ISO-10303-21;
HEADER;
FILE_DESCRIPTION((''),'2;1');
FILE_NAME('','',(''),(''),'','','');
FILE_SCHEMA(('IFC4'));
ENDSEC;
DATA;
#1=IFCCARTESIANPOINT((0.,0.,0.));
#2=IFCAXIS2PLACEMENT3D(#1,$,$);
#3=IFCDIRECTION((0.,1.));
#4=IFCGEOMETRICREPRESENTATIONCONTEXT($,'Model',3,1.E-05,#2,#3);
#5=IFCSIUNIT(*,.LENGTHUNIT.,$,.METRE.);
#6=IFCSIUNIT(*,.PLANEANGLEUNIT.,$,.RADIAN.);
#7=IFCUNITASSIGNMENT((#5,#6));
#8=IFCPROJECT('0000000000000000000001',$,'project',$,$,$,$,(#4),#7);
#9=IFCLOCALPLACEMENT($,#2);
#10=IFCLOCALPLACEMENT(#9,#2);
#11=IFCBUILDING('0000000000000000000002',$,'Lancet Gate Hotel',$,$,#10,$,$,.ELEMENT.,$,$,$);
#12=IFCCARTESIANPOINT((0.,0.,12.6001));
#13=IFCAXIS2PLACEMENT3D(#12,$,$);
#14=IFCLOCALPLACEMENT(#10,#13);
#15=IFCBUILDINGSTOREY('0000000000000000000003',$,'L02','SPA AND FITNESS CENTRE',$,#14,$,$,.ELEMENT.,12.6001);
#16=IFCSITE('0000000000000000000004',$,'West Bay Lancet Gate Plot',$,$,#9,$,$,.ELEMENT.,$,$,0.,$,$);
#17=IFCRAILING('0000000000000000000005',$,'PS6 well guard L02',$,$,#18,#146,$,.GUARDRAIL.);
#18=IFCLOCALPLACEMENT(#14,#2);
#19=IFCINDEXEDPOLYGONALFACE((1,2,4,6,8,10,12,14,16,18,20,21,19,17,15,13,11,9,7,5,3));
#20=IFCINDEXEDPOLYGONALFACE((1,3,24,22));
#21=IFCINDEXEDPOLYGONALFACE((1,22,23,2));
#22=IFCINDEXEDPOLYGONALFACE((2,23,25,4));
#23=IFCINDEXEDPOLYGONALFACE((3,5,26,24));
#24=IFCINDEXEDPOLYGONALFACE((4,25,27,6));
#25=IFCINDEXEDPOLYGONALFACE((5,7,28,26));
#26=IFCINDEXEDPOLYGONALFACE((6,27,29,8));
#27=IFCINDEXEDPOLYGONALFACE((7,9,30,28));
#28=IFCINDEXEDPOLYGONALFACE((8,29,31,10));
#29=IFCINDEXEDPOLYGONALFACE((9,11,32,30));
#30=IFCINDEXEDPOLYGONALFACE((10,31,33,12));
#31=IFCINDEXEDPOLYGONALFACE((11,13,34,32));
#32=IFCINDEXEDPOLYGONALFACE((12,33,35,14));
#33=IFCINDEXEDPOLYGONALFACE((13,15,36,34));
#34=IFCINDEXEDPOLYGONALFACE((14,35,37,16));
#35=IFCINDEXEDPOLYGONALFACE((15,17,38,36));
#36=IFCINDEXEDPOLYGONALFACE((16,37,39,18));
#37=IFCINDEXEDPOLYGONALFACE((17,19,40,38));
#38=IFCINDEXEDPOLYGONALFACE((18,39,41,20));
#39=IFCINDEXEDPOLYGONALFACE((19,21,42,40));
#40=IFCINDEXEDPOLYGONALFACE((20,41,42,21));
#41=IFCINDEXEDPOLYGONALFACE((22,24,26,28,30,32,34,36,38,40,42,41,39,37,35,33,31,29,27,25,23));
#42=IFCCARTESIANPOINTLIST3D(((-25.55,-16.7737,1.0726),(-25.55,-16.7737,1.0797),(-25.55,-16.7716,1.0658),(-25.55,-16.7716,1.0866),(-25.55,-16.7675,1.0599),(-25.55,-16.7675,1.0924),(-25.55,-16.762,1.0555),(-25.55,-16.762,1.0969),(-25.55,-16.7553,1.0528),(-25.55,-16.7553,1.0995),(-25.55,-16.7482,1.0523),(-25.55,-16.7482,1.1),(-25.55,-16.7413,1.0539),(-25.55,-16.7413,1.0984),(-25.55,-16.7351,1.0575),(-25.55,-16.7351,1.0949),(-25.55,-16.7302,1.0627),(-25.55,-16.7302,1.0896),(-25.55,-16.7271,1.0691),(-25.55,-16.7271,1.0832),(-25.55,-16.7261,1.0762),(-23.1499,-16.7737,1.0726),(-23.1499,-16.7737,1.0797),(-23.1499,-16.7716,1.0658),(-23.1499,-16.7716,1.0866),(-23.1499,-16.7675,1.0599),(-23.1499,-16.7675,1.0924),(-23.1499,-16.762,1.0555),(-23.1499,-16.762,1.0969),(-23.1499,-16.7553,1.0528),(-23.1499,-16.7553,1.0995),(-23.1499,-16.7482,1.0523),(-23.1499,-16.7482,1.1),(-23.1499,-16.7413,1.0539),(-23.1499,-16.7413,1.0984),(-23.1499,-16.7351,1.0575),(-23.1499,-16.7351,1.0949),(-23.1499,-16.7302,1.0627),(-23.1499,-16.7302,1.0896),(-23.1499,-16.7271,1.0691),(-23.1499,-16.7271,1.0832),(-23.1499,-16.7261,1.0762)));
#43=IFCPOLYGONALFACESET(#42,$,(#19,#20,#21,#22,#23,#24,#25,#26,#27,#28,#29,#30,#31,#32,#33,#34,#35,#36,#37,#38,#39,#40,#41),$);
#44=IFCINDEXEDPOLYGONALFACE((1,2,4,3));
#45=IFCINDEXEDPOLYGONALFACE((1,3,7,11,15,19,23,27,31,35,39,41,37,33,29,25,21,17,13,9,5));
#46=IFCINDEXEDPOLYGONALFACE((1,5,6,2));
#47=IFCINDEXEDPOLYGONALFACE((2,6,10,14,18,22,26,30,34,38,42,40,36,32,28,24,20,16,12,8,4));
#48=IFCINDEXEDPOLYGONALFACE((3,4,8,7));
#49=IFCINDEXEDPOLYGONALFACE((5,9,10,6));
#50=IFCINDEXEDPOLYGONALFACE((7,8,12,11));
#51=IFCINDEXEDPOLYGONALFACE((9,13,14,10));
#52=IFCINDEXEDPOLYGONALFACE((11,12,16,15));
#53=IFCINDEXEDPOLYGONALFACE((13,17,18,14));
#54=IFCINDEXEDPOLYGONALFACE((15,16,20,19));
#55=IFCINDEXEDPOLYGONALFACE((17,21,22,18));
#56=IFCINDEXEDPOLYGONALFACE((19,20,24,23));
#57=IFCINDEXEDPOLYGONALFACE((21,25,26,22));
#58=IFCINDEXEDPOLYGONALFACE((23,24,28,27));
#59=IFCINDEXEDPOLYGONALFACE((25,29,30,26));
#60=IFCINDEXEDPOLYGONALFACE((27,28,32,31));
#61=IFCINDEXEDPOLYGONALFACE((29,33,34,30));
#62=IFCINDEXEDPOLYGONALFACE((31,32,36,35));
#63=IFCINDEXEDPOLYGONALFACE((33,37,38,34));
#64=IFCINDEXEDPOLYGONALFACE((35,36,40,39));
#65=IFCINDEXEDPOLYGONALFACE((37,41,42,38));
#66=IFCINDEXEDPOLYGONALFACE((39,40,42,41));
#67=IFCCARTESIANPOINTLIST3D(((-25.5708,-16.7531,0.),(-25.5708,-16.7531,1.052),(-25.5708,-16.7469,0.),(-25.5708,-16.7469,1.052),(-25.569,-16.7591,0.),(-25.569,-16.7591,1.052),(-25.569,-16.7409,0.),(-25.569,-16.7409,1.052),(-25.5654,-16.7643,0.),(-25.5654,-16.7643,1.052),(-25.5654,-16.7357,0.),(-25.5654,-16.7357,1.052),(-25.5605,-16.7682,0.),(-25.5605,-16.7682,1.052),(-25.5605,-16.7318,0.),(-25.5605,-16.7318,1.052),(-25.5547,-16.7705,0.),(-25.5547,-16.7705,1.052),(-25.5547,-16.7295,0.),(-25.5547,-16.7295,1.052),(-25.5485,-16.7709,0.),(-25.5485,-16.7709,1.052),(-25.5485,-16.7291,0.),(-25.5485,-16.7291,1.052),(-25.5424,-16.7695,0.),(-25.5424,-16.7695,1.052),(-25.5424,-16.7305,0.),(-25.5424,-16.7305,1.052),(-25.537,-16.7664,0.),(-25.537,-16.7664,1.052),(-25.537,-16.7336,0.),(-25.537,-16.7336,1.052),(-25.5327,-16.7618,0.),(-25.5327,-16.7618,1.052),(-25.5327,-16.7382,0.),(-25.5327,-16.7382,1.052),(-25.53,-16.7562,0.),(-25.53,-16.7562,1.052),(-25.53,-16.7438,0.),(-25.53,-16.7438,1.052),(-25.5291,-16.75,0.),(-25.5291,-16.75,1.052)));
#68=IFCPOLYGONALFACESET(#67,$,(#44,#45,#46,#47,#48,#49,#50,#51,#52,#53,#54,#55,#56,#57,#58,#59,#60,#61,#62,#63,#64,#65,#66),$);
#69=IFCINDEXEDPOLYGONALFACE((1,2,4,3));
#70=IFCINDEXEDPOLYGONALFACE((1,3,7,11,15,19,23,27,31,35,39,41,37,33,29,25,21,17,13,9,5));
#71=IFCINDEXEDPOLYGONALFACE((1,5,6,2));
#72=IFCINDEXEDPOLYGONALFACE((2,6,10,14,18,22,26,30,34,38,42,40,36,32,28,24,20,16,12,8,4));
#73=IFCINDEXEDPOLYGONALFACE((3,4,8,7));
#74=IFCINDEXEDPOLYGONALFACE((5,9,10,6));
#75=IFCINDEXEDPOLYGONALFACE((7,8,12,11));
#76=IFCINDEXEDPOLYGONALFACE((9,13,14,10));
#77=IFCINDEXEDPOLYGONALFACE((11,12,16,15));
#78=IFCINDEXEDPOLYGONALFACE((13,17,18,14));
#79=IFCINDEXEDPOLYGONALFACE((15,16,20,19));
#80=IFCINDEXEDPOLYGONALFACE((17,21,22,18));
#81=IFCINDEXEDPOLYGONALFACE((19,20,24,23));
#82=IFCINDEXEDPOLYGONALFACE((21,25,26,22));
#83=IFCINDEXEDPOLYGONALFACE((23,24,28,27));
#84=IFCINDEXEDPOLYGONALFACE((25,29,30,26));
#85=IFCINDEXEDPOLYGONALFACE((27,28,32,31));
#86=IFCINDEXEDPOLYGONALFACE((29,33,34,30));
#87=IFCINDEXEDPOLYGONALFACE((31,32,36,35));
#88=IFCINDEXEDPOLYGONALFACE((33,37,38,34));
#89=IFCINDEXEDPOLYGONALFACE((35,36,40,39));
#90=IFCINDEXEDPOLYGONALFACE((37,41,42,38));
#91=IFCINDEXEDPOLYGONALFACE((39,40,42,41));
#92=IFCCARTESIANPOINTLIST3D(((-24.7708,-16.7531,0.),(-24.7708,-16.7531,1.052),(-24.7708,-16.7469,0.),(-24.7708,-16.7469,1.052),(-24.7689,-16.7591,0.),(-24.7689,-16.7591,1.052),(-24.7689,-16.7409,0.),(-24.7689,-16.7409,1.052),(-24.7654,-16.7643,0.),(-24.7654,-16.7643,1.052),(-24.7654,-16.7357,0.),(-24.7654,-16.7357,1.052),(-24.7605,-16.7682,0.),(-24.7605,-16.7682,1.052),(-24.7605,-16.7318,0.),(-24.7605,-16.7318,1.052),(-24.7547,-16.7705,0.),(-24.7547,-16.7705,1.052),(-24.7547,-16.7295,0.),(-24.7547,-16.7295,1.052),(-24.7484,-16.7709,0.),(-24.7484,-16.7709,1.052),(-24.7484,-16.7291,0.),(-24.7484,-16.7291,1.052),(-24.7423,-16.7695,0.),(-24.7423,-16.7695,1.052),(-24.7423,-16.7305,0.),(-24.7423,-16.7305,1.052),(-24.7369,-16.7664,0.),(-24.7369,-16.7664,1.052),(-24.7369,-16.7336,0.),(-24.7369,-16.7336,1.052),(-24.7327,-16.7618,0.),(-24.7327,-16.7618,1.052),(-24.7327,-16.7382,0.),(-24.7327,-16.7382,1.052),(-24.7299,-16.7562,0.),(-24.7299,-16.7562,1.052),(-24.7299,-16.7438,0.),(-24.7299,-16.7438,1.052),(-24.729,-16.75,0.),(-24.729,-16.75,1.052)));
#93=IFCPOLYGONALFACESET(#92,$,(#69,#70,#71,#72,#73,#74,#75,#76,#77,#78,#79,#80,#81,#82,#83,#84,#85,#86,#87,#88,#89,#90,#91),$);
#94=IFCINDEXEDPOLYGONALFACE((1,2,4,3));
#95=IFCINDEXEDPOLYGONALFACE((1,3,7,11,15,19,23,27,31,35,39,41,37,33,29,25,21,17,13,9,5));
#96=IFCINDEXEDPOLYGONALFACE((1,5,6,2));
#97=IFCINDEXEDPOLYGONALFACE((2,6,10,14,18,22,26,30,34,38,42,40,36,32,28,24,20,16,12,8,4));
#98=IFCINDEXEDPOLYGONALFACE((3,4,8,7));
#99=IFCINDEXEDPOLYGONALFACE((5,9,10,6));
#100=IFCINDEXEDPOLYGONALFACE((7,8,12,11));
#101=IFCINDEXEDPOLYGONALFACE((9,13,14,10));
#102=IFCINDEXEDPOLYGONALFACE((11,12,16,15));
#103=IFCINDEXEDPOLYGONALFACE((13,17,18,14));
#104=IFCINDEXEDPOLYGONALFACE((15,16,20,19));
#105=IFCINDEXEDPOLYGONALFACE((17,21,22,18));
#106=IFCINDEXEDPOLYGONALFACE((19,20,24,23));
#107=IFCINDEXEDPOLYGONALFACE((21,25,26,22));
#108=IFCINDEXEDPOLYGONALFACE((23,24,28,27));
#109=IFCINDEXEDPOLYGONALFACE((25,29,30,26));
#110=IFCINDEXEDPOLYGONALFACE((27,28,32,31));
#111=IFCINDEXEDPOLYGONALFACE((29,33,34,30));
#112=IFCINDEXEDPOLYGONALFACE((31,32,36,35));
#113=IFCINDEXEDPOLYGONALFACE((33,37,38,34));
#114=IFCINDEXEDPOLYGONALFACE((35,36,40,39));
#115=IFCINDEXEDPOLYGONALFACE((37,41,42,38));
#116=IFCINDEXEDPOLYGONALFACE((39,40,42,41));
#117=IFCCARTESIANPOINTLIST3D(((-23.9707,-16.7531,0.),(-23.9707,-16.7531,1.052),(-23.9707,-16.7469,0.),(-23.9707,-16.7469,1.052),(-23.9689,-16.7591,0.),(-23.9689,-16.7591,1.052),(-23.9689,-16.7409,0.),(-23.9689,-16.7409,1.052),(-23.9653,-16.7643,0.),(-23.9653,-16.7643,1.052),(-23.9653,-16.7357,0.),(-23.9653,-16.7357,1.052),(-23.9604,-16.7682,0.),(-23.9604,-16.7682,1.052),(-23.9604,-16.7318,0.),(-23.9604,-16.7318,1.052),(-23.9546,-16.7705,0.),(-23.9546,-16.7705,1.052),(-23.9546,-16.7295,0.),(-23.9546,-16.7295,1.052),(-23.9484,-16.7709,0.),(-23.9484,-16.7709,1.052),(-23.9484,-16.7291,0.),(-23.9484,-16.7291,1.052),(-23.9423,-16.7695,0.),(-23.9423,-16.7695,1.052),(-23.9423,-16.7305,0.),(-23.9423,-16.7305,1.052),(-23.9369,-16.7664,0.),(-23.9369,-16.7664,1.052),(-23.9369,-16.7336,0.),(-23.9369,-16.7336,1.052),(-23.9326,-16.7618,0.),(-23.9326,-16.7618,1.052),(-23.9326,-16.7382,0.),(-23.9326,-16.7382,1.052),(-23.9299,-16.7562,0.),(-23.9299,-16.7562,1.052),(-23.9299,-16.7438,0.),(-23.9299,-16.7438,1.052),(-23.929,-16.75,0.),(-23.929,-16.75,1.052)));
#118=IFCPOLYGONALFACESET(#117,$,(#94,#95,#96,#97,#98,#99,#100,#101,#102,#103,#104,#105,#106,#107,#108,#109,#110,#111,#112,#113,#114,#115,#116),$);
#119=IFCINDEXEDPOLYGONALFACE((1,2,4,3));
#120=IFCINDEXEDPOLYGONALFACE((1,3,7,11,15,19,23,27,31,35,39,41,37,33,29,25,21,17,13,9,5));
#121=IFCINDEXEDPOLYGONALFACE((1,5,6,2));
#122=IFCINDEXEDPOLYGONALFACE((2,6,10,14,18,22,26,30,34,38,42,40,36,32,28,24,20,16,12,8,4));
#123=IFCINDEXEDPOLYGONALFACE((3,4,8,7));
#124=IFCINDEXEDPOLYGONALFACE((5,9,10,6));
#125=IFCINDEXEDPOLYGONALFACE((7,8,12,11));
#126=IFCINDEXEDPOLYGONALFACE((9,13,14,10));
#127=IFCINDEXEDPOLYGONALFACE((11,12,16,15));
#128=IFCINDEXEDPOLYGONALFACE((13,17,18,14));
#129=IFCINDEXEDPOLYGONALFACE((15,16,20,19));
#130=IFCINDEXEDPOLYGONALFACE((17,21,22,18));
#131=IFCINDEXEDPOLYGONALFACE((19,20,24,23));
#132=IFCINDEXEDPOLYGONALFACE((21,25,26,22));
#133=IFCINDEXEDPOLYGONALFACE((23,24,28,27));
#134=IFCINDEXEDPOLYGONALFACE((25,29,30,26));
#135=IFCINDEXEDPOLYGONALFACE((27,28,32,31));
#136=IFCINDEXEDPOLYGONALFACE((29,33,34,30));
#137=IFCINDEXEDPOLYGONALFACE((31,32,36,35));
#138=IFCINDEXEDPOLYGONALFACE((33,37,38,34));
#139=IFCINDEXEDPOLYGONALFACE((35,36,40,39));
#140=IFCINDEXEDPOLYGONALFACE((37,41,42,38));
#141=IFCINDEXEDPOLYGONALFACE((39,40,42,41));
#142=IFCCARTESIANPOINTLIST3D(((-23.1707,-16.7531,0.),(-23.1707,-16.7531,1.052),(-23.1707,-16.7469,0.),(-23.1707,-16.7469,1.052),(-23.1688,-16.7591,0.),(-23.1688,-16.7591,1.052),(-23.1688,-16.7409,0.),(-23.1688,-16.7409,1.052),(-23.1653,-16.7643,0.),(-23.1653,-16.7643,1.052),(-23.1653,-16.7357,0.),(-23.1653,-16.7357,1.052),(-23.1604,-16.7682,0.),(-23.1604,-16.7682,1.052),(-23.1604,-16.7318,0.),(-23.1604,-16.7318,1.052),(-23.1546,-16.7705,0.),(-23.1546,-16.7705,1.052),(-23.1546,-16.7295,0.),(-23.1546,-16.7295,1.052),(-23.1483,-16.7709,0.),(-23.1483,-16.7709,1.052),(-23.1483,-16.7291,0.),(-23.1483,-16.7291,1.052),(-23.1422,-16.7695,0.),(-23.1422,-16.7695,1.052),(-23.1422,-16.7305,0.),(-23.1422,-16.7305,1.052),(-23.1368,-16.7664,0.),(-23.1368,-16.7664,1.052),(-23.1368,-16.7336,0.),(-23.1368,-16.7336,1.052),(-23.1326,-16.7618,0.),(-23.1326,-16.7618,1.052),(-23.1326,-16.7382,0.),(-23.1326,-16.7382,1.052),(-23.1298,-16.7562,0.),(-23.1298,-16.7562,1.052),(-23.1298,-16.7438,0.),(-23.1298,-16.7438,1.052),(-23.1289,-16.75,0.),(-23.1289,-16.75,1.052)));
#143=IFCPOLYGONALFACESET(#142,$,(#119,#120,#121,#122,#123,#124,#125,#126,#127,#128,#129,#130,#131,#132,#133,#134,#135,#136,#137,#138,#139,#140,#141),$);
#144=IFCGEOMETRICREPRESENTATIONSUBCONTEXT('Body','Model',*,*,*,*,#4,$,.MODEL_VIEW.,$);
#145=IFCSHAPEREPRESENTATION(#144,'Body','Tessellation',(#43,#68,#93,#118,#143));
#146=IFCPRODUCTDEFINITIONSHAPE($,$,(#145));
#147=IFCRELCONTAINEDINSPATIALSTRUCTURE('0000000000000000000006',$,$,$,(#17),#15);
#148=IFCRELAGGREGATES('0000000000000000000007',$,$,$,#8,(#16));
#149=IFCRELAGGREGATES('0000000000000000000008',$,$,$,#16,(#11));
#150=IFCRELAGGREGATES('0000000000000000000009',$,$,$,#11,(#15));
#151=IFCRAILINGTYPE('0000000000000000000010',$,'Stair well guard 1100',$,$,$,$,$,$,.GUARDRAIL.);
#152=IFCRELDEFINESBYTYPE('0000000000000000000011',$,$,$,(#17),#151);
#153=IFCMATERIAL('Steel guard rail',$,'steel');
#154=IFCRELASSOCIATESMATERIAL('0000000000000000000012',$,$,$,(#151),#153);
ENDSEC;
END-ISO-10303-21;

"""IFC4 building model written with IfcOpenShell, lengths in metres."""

from ifc_helpers import new_model, si_unit, direction, frame, origin, origin_2d, place, context, subcontext, project, spatial, circle, extrude, material, type_object, element, save


model = new_model("IFC4")

# Units and contexts
model_context = context("Model", 3, precision=1e-05, world=origin(), true_north=direction((0.0, 1.0)))
body_context = subcontext(model_context, "Body", "Model", "MODEL_VIEW")
ifc_project = project(units=[si_unit("LENGTHUNIT", "METRE"), si_unit("PLANEANGLEUNIT", "RADIAN")], contexts=[model_context])

# Site, building, storey
site_placement = place(None, origin())
site = spatial("IfcSite", under=ifc_project, at=site_placement, Name="West Bay Lancet Gate Plot", CompositionType="ELEMENT", RefElevation=0.0)
building_placement = place(site_placement, origin())
building = spatial("IfcBuilding", under=site, at=building_placement, Name="Lancet Gate Hotel", CompositionType="ELEMENT")
storey_placement = place(building_placement, frame((0.0, 0.0, 12.6001)))
storey = spatial("IfcBuildingStorey", under=building, at=storey_placement, Name="L02", Description="SPA AND FITNESS CENTRE", CompositionType="ELEMENT", Elevation=12.6001)

# Railing
ifc_material_1 = material(Name="Steel guard rail", Category="steel")
railing_type = type_object("IfcRailingType", Name="Stair well guard 1100", PredefinedType="GUARDRAIL", material=ifc_material_1)
railing_placement = place(storey_placement, frame((-25.55, -16.75, 0.0)))
element("IfcRailing", 1, at=railing_placement, inside=storey, type_object=railing_type, Name="PS6 well guard L02", PredefinedType="GUARDRAIL", context=body_context, shape_type="SweptSolid", body=[
    extrude(circle(Radius=0.0239, at=origin_2d()), frame((0.0, 0.0, 1.0762), z_axis=(1.0, 0.0, 0.0), x_axis=(0.0, 1.0, 0.0)), (0.0, 0.0, 1.0), 2.4001),
    extrude(circle(Radius=0.021, at=origin_2d()), origin(), (0.0, 0.0, 1.0), 1.052),
    extrude(circle(Radius=0.021, at=origin_2d()), frame((0.8, 0.0, 0.0)), (0.0, 0.0, 1.0), 1.052),
    extrude(circle(Radius=0.021, at=origin_2d()), frame((1.6001, 0.0, 0.0)), (0.0, 0.0, 1.0), 1.052),
    extrude(circle(Radius=0.021, at=origin_2d()), frame((2.4001, 0.0, 0.0)), (0.0, 0.0, 1.0), 1.052),
])

save(model, "model.ifc")
